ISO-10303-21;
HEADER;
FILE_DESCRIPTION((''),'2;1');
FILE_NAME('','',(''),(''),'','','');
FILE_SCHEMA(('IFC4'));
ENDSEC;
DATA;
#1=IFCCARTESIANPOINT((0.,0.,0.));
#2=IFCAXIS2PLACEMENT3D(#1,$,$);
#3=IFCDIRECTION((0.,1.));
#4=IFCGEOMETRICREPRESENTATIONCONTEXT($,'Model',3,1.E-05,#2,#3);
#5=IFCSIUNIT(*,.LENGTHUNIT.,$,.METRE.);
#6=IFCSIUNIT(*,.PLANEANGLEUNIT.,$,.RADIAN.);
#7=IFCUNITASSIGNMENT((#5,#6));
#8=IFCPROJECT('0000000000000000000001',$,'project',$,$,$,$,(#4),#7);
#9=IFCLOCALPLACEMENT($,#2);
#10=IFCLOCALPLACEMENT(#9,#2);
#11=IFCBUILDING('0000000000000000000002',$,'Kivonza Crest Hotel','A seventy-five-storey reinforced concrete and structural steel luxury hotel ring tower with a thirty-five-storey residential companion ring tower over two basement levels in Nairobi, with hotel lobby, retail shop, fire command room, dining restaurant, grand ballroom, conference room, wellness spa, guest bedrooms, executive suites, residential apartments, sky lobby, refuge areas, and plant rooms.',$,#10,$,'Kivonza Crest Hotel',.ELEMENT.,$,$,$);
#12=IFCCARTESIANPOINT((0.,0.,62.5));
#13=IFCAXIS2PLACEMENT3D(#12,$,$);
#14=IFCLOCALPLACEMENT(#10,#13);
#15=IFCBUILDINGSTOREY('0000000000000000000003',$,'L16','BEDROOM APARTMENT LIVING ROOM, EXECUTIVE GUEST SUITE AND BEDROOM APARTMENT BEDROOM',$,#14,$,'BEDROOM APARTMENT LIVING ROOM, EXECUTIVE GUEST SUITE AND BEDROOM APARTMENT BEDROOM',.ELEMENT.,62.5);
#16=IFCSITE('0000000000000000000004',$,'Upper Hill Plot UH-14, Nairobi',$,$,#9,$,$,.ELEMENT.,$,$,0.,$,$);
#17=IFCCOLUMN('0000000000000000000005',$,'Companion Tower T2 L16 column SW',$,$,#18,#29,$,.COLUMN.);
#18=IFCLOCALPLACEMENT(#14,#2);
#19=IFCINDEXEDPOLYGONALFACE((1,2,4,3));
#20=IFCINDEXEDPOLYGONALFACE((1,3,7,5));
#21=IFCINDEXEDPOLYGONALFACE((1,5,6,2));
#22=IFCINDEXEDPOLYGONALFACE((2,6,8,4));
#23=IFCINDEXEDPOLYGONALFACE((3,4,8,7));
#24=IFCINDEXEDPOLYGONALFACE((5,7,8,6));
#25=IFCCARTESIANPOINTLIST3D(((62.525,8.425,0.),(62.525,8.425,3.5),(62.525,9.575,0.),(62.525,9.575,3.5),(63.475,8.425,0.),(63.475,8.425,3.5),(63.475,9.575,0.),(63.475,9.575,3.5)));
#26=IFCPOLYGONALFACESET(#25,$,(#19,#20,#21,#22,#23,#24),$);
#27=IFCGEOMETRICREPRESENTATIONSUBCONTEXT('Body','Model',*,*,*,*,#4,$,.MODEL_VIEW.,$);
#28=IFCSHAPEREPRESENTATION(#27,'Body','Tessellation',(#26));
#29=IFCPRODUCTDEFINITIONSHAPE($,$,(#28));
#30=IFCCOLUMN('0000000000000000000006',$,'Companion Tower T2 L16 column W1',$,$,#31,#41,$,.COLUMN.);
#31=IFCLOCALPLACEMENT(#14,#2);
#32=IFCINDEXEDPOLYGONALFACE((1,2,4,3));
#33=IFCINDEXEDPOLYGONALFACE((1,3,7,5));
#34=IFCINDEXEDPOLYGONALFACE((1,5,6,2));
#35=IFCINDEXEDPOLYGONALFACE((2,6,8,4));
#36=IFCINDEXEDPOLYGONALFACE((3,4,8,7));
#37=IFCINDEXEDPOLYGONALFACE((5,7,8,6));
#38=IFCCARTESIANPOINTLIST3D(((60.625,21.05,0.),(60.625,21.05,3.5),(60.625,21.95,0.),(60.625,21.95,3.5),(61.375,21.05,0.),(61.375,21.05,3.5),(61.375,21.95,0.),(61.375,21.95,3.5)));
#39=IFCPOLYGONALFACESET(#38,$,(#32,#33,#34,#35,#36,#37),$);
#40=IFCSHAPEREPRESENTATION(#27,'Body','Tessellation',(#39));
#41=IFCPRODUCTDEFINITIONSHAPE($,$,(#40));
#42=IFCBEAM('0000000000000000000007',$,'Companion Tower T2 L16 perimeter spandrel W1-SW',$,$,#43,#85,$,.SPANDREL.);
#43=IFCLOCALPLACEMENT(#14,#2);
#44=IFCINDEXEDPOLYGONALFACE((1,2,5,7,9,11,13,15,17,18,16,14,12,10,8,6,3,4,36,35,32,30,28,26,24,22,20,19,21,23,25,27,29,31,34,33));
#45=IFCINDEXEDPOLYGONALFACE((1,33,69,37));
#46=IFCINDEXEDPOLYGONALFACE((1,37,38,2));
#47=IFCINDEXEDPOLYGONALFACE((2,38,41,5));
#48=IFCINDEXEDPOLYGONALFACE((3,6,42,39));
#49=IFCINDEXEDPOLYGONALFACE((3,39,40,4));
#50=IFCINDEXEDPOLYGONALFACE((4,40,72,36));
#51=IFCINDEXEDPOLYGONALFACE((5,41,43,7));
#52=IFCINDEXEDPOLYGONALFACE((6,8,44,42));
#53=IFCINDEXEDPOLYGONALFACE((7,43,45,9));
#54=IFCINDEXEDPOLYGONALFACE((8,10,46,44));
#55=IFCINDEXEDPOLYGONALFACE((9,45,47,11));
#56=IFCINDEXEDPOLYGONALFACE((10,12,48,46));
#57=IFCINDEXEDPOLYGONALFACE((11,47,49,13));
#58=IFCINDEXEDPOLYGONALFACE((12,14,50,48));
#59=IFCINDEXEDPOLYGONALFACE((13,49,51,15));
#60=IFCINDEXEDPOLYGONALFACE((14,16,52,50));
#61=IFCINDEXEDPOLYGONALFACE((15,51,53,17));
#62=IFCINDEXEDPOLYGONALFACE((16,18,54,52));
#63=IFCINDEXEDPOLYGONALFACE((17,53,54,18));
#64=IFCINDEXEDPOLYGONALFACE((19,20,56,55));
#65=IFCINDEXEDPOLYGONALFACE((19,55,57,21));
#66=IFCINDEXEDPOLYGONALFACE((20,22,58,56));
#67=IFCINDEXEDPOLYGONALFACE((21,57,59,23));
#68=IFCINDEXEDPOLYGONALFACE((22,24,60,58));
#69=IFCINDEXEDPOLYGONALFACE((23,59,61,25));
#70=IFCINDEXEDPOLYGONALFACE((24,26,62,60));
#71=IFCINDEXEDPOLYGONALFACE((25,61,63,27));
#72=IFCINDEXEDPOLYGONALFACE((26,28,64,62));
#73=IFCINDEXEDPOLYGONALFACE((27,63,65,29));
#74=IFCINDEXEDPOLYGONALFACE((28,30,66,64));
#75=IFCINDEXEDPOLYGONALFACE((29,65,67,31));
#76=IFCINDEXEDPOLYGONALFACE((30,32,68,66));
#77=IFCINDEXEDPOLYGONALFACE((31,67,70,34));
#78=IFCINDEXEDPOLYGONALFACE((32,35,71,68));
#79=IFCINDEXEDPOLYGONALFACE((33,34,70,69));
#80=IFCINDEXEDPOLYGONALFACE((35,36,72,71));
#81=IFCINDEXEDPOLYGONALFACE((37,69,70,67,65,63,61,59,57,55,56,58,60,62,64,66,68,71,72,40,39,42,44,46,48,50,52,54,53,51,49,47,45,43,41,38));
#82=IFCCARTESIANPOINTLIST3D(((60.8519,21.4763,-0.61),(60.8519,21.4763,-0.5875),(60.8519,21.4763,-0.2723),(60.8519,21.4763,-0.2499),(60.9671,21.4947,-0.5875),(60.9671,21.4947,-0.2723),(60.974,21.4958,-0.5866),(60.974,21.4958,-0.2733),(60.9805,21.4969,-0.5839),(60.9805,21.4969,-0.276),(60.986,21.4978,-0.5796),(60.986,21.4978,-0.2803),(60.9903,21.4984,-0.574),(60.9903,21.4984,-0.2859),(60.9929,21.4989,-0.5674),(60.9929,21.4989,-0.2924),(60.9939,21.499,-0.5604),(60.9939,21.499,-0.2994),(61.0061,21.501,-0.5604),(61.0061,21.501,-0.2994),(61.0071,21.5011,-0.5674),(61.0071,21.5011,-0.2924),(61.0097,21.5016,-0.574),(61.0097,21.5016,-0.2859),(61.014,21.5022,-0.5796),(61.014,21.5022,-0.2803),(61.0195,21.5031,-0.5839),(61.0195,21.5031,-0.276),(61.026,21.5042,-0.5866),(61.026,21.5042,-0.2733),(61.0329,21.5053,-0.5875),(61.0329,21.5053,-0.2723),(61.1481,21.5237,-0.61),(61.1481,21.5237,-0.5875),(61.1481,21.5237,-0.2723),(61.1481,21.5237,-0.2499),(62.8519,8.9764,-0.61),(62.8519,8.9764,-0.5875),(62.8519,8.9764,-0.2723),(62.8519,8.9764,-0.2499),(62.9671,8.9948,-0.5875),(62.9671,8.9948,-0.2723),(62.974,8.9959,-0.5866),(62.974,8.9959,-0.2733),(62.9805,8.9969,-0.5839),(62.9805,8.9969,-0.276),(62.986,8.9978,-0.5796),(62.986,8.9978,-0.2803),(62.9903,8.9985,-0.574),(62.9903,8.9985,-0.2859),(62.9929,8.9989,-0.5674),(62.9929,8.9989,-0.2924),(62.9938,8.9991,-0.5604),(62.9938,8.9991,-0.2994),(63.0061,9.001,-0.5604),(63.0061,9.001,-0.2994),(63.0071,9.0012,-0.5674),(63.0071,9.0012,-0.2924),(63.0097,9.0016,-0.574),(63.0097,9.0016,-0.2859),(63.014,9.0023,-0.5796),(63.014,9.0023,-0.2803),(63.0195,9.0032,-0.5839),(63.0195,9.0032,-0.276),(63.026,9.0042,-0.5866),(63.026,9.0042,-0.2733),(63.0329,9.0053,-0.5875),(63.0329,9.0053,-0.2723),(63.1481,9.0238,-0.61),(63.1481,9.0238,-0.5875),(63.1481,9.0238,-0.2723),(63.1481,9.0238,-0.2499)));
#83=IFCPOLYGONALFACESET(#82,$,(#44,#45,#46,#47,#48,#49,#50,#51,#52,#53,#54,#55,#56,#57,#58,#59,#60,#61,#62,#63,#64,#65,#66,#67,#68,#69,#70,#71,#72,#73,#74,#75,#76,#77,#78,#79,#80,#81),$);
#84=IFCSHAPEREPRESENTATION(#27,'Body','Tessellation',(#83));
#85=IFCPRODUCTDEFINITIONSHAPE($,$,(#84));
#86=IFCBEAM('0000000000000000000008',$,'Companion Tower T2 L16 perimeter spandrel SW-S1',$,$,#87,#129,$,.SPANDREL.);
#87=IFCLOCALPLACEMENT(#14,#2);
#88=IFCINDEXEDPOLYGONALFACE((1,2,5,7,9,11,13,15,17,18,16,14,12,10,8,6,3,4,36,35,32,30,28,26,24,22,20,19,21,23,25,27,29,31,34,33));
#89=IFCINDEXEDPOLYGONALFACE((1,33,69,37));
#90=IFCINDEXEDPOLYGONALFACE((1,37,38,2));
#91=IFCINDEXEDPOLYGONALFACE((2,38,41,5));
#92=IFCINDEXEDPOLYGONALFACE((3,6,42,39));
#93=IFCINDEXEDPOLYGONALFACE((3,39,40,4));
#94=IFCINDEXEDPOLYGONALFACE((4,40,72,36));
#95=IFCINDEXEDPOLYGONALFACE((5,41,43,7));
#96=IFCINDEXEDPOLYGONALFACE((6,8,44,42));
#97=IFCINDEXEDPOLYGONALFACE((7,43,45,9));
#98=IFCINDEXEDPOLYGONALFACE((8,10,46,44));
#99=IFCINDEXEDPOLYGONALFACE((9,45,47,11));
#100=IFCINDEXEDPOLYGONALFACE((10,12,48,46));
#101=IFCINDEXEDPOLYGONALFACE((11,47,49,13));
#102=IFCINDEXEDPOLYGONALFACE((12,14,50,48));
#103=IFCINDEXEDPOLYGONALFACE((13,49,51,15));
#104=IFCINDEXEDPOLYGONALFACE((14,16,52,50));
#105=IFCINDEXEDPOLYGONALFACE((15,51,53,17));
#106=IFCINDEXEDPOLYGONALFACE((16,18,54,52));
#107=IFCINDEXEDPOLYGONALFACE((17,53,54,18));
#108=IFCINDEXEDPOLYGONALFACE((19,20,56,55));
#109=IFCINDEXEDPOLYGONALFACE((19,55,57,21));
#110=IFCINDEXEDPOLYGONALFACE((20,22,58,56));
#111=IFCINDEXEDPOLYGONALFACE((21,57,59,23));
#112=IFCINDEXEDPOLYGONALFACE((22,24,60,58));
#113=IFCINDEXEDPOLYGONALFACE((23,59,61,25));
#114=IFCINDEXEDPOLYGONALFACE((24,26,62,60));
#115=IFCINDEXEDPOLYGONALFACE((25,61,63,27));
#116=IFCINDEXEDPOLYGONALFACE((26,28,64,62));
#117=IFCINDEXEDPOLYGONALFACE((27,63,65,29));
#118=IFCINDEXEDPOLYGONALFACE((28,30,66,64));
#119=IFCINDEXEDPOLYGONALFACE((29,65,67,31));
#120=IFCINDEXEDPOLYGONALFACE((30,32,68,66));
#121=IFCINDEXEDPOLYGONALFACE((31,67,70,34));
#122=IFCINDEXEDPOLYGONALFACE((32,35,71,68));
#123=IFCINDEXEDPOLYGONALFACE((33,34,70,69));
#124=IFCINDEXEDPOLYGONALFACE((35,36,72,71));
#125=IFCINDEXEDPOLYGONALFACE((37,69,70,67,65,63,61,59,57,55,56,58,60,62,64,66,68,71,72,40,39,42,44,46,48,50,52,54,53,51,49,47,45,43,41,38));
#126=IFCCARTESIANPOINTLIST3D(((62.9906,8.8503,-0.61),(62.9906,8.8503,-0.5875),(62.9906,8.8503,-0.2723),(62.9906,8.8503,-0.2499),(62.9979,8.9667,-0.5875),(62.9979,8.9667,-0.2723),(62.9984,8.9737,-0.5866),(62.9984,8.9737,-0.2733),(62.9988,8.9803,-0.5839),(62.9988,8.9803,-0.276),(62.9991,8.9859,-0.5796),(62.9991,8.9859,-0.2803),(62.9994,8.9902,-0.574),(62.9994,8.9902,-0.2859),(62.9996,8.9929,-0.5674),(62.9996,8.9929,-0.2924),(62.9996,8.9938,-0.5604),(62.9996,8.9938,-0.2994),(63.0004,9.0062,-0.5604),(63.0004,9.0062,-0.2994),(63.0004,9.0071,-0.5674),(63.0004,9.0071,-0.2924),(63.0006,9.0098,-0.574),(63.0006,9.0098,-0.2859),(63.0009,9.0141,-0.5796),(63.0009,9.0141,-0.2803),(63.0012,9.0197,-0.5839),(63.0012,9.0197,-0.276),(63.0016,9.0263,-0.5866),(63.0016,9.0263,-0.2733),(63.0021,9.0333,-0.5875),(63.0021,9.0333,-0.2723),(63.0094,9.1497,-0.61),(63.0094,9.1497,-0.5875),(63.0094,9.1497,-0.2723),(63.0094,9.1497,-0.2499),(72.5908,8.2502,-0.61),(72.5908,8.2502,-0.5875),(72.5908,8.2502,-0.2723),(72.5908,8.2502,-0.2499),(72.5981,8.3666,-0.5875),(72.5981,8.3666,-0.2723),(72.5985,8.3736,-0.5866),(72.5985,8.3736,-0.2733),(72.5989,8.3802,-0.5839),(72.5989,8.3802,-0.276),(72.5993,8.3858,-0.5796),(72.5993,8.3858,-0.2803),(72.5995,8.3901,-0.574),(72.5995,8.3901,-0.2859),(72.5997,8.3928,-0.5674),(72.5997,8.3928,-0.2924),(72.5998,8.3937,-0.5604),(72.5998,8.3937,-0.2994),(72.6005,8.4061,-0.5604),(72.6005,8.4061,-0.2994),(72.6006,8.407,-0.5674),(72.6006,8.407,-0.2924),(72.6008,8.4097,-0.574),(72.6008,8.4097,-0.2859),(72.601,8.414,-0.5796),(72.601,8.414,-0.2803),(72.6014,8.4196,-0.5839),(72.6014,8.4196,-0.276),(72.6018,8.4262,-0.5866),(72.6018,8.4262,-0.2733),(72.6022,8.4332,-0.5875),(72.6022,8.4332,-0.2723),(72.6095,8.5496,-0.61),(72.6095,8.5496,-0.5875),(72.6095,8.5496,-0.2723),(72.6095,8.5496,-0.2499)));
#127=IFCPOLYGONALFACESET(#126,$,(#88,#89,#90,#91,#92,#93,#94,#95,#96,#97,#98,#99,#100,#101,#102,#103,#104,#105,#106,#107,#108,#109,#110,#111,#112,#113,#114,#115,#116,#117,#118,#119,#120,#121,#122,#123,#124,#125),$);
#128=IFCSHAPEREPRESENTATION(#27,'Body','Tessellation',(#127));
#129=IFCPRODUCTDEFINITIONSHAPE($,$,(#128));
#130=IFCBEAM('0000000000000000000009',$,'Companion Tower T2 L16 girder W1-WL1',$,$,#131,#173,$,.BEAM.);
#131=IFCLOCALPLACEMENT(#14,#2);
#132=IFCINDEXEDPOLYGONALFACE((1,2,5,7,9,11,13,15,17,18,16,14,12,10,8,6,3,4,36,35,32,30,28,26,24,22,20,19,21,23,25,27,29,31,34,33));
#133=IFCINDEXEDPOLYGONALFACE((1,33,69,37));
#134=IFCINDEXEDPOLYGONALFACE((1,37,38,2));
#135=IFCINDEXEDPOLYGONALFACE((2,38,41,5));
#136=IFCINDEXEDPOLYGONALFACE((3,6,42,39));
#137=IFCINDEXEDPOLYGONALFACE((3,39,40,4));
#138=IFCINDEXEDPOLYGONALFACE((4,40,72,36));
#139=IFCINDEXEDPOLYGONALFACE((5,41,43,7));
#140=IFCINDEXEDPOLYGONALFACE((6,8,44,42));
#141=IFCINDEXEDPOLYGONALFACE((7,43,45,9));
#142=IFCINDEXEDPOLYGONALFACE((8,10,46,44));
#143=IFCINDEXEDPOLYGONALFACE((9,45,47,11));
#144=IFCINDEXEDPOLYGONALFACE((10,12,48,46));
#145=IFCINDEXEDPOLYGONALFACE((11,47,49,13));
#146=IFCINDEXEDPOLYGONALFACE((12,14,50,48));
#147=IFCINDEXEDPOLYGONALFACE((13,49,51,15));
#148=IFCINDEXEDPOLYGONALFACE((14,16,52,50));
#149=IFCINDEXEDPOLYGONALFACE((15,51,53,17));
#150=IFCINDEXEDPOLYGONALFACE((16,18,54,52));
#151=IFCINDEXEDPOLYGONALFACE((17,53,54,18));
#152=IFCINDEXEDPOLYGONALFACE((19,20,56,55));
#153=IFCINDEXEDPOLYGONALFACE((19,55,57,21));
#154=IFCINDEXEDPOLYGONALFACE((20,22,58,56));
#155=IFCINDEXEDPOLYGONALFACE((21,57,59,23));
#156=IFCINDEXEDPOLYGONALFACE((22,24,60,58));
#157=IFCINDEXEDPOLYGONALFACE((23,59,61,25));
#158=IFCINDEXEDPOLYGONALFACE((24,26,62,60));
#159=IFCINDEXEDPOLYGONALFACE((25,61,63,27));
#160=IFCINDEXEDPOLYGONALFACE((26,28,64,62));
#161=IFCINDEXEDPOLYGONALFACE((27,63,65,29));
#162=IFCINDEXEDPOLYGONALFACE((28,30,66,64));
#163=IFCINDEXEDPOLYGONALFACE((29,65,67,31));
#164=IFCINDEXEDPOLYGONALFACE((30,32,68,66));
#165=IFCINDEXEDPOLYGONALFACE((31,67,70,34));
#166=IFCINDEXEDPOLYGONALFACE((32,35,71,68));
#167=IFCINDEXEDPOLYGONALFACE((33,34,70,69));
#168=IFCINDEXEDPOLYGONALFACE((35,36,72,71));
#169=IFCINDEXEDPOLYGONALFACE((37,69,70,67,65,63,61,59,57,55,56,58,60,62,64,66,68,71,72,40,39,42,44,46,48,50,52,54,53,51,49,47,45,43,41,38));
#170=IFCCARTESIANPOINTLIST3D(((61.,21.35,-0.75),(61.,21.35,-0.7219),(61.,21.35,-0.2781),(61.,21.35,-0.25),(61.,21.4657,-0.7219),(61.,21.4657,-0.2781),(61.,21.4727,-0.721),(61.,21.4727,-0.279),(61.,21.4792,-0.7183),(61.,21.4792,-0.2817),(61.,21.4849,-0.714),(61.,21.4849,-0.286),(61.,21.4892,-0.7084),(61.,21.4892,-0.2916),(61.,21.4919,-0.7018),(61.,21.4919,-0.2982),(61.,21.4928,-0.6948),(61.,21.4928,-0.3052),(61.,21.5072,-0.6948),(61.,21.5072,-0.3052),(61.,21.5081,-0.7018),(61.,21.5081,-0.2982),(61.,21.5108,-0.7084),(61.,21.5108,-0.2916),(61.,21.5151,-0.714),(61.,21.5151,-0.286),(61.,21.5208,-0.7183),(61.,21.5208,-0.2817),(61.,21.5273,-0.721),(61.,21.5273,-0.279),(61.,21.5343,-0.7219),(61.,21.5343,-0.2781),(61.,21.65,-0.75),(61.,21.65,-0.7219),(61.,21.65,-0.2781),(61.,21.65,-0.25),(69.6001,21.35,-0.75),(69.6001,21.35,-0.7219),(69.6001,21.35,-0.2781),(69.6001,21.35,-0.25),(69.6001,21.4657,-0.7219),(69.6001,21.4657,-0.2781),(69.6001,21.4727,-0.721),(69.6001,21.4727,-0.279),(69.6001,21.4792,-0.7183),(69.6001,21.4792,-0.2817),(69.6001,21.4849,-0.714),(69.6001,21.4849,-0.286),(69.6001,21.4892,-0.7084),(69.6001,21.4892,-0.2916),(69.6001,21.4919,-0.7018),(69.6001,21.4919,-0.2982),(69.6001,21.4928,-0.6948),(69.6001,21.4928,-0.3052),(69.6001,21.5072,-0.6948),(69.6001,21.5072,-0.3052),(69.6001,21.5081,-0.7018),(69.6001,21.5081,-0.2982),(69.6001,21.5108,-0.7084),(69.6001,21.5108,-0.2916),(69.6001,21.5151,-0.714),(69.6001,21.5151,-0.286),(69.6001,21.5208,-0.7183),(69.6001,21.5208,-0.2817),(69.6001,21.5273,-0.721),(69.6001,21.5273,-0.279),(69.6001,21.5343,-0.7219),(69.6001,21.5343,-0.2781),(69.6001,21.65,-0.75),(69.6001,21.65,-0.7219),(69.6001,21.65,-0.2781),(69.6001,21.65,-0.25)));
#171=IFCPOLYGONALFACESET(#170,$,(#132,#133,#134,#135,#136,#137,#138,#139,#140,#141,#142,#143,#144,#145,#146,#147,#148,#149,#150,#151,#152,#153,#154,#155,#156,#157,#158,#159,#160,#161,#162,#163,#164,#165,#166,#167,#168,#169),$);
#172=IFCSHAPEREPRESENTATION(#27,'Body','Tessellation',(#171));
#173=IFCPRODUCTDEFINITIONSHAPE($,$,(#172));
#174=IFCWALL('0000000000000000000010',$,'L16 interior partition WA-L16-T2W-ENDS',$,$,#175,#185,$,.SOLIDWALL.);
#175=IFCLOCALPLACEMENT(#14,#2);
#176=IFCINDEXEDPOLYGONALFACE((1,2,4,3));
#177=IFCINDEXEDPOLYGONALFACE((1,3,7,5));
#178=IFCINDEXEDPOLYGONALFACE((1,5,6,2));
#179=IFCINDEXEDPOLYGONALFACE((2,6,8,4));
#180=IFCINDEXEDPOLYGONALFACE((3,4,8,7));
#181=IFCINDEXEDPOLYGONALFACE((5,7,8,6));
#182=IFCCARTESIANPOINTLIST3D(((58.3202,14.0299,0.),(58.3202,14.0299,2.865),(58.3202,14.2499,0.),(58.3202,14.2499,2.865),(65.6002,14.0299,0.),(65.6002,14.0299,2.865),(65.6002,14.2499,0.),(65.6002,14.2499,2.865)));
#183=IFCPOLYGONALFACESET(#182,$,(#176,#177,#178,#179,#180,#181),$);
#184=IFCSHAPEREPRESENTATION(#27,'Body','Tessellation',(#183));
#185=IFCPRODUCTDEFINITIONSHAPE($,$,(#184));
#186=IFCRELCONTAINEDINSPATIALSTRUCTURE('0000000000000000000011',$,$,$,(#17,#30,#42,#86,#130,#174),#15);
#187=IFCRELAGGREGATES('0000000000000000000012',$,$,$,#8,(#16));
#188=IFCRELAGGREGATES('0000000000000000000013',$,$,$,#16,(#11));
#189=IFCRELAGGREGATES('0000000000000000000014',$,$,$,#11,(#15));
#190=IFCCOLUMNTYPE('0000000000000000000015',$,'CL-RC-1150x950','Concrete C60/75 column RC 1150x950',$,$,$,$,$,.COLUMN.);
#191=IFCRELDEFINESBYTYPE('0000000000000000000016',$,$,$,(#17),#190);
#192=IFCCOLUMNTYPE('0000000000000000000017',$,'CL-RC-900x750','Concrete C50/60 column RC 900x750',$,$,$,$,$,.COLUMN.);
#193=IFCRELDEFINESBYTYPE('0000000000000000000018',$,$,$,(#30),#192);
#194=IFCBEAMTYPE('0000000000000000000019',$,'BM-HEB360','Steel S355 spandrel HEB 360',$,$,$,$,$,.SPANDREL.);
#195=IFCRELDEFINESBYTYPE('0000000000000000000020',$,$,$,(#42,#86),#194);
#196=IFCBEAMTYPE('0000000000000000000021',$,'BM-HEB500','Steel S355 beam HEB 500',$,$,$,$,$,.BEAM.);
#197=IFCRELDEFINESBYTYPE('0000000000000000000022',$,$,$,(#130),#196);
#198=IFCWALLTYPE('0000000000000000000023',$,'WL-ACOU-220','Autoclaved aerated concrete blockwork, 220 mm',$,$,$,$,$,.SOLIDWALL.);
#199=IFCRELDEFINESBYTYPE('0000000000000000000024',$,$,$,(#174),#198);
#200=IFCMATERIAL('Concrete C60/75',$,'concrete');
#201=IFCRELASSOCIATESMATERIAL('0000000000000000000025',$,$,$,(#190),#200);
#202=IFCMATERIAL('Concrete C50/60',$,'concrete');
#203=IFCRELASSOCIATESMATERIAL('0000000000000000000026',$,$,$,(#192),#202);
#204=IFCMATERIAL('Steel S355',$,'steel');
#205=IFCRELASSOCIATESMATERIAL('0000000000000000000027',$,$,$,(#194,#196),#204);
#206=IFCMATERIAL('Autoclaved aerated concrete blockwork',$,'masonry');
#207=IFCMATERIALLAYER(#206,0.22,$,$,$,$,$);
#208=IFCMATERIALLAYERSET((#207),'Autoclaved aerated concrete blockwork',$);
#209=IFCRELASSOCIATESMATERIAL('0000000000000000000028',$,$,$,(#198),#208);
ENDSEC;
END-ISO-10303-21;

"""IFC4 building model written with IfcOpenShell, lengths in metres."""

from ifc_helpers import new_model, si_unit, direction, frame, frame_2d, origin, origin_2d, place, context, subcontext, project, spatial, rectangle, i_section, extrude, material, layer, layer_set, material_profile, profile_set, type_object, element, save


model = new_model("IFC4")

# Units and contexts
model_context = context("Model", 3, precision=1e-05, world=origin(), true_north=direction((0.0, 1.0)))
body_context = subcontext(model_context, "Body", "Model", "MODEL_VIEW")
ifc_project = project(units=[si_unit("LENGTHUNIT", "METRE"), si_unit("PLANEANGLEUNIT", "RADIAN")], contexts=[model_context])

# Site, building, storey
site_placement = place(None, origin())
site = spatial("IfcSite", under=ifc_project, at=site_placement, Name="Upper Hill Plot UH-14, Nairobi", CompositionType="ELEMENT", RefElevation=0.0)
building_placement = place(site_placement, origin())
building = spatial("IfcBuilding", under=site, at=building_placement, Name="Kivonza Crest Hotel", Description="A seventy-five-storey reinforced concrete and structural steel luxury hotel ring tower with a thirty-five-storey residential companion ring tower over two basement levels in Nairobi, with hotel lobby, retail shop, fire command room, dining restaurant, grand ballroom, conference room, wellness spa, guest bedrooms, executive suites, residential apartments, sky lobby, refuge areas, and plant rooms.", LongName="Kivonza Crest Hotel", CompositionType="ELEMENT")
storey_placement = place(building_placement, frame((0.0, 0.0, 62.5)))
storey = spatial("IfcBuildingStorey", under=building, at=storey_placement, Name="L16", Description="BEDROOM APARTMENT LIVING ROOM, EXECUTIVE GUEST SUITE AND BEDROOM APARTMENT BEDROOM", LongName="BEDROOM APARTMENT LIVING ROOM, EXECUTIVE GUEST SUITE AND BEDROOM APARTMENT BEDROOM", CompositionType="ELEMENT", Elevation=62.5)

# Columns
ifc_material_1 = material(Name="Concrete C60/75", Category="concrete")
ifc_material_profile_1 = material_profile(ifc_material_1, rectangle(XDim=0.95, YDim=1.1499, at=origin_2d()), Name="RC 1150x950")
ifc_profile_set_1 = profile_set([ifc_material_profile_1], Name="Concrete C60/75")
column_type_1 = type_object("IfcColumnType", Name="CL-RC-1150x950", Description="Concrete C60/75 column RC 1150x950", PredefinedType="COLUMN", material=ifc_profile_set_1)
column_1_placement = place(storey_placement, frame((63.0, 9.0, 0.0), z_axis=(0.0, 0.0, 1.0), x_axis=(1.0, 0.0, 0.0)))
element("IfcColumn", 1, at=column_1_placement, inside=storey, type_object=column_type_1, Name="Companion Tower T2 L16 column SW", PredefinedType="COLUMN", context=body_context, shape_type="SweptSolid", body=[
    extrude(rectangle(XDim=0.95, YDim=1.1499, at=origin_2d()), origin(), (0.0, 0.0, 1.0), 3.5),
])
ifc_material_2 = material(Name="Concrete C50/60", Category="concrete")
ifc_material_profile_2 = material_profile(ifc_material_2, rectangle(XDim=0.75, YDim=0.8999, at=origin_2d()), Name="RC 900x750")
ifc_profile_set_2 = profile_set([ifc_material_profile_2], Name="Concrete C50/60")
column_type_2 = type_object("IfcColumnType", Name="CL-RC-900x750", Description="Concrete C50/60 column RC 900x750", PredefinedType="COLUMN", material=ifc_profile_set_2)
column_2_placement = place(storey_placement, frame((61.0, 21.5, 0.0), z_axis=(0.0, 0.0, 1.0), x_axis=(1.0, 0.0, 0.0)))
element("IfcColumn", 2, at=column_2_placement, inside=storey, type_object=column_type_2, Name="Companion Tower T2 L16 column W1", PredefinedType="COLUMN", context=body_context, shape_type="SweptSolid", body=[
    extrude(rectangle(XDim=0.75, YDim=0.8999, at=origin_2d()), origin(), (0.0, 0.0, 1.0), 3.5),
])

# Beams
ifc_material_3 = material(Name="Steel S355", Category="steel")
ifc_material_profile_3 = material_profile(ifc_material_3, i_section(OverallWidth=0.3, OverallDepth=0.3601, WebThickness=0.0125, FlangeThickness=0.0225, FilletRadius=0.0271, at=origin_2d()), Name="HEB 360")
ifc_profile_set_3 = profile_set([ifc_material_profile_3], Name="Steel S355")
beam_type_1 = type_object("IfcBeamType", Name="BM-HEB360", Description="Steel S355 spandrel HEB 360", PredefinedType="SPANDREL", material=ifc_profile_set_3)
beam_1_placement = place(storey_placement, frame((61.0, 21.5, -0.4299), z_axis=(0.157991, -0.987441, 0.0), x_axis=(0.987441, 0.157991, 0.0)))
element("IfcBeam", 3, at=beam_1_placement, inside=storey, type_object=beam_type_1, Name="Companion Tower T2 L16 perimeter spandrel W1-SW", PredefinedType="SPANDREL", context=body_context, shape_type="SweptSolid", body=[
    extrude(i_section(OverallWidth=0.3, OverallDepth=0.3601, WebThickness=0.0125, FlangeThickness=0.0225, FilletRadius=0.0271, at=origin_2d()), origin(), (0.0, 0.0, 1.0), 12.6589),
])
beam_2_placement = place(storey_placement, frame((63.0, 9.0, -0.4299), z_axis=(0.998052, -0.062388, 0.0), x_axis=(0.062388, 0.998052, 0.0)))
element("IfcBeam", 4, at=beam_2_placement, inside=storey, type_object=beam_type_1, Name="Companion Tower T2 L16 perimeter spandrel SW-S1", PredefinedType="SPANDREL", context=body_context, shape_type="SweptSolid", body=[
    extrude(i_section(OverallWidth=0.3, OverallDepth=0.3601, WebThickness=0.0125, FlangeThickness=0.0225, FilletRadius=0.0271, at=origin_2d()), origin(), (0.0, 0.0, 1.0), 9.6189),
])
ifc_material_profile_4 = material_profile(ifc_material_3, i_section(OverallWidth=0.3, OverallDepth=0.5, WebThickness=0.0144, FlangeThickness=0.0281, FilletRadius=0.0271, at=origin_2d()), Name="HEB 500")
ifc_profile_set_4 = profile_set([ifc_material_profile_4], Name="Steel S355")
beam_type_2 = type_object("IfcBeamType", Name="BM-HEB500", Description="Steel S355 beam HEB 500", PredefinedType="BEAM", material=ifc_profile_set_4)
beam_3_placement = place(storey_placement, frame((61.0, 21.5, -0.5), z_axis=(1.0, 0.0, 0.0), x_axis=(0.0, 1.0, 0.0)))
element("IfcBeam", 5, at=beam_3_placement, inside=storey, type_object=beam_type_2, Name="Companion Tower T2 L16 girder W1-WL1", PredefinedType="BEAM", context=body_context, shape_type="SweptSolid", body=[
    extrude(i_section(OverallWidth=0.3, OverallDepth=0.5, WebThickness=0.0144, FlangeThickness=0.0281, FilletRadius=0.0271, at=origin_2d()), origin(), (0.0, 0.0, 1.0), 8.6001),
])

# Wall
ifc_material_4 = material(Name="Autoclaved aerated concrete blockwork", Category="masonry")
ifc_layer_1 = layer(ifc_material_4, 0.22)
ifc_layer_set_1 = layer_set([ifc_layer_1], Name="Autoclaved aerated concrete blockwork")
wall_type_1 = type_object("IfcWallType", Name="WL-ACOU-220", Description="Autoclaved aerated concrete blockwork, 220 mm", PredefinedType="SOLIDWALL", material=ifc_layer_set_1)
wall_1_placement = place(storey_placement, frame((58.3201, 14.1399, 0.0), z_axis=(0.0, 0.0, 1.0), x_axis=(1.0, 0.0, 0.0)))
element("IfcWall", 6, at=wall_1_placement, inside=storey, type_object=wall_type_1, Name="L16 interior partition WA-L16-T2W-ENDS", PredefinedType="SOLIDWALL", context=body_context, shape_type="SweptSolid", body=[
    extrude(rectangle(XDim=7.28, YDim=0.22, at=frame_2d((3.6401, 0.0))), origin(), (0.0, 0.0, 1.0), 2.865),
])

save(model, "model.ifc")
